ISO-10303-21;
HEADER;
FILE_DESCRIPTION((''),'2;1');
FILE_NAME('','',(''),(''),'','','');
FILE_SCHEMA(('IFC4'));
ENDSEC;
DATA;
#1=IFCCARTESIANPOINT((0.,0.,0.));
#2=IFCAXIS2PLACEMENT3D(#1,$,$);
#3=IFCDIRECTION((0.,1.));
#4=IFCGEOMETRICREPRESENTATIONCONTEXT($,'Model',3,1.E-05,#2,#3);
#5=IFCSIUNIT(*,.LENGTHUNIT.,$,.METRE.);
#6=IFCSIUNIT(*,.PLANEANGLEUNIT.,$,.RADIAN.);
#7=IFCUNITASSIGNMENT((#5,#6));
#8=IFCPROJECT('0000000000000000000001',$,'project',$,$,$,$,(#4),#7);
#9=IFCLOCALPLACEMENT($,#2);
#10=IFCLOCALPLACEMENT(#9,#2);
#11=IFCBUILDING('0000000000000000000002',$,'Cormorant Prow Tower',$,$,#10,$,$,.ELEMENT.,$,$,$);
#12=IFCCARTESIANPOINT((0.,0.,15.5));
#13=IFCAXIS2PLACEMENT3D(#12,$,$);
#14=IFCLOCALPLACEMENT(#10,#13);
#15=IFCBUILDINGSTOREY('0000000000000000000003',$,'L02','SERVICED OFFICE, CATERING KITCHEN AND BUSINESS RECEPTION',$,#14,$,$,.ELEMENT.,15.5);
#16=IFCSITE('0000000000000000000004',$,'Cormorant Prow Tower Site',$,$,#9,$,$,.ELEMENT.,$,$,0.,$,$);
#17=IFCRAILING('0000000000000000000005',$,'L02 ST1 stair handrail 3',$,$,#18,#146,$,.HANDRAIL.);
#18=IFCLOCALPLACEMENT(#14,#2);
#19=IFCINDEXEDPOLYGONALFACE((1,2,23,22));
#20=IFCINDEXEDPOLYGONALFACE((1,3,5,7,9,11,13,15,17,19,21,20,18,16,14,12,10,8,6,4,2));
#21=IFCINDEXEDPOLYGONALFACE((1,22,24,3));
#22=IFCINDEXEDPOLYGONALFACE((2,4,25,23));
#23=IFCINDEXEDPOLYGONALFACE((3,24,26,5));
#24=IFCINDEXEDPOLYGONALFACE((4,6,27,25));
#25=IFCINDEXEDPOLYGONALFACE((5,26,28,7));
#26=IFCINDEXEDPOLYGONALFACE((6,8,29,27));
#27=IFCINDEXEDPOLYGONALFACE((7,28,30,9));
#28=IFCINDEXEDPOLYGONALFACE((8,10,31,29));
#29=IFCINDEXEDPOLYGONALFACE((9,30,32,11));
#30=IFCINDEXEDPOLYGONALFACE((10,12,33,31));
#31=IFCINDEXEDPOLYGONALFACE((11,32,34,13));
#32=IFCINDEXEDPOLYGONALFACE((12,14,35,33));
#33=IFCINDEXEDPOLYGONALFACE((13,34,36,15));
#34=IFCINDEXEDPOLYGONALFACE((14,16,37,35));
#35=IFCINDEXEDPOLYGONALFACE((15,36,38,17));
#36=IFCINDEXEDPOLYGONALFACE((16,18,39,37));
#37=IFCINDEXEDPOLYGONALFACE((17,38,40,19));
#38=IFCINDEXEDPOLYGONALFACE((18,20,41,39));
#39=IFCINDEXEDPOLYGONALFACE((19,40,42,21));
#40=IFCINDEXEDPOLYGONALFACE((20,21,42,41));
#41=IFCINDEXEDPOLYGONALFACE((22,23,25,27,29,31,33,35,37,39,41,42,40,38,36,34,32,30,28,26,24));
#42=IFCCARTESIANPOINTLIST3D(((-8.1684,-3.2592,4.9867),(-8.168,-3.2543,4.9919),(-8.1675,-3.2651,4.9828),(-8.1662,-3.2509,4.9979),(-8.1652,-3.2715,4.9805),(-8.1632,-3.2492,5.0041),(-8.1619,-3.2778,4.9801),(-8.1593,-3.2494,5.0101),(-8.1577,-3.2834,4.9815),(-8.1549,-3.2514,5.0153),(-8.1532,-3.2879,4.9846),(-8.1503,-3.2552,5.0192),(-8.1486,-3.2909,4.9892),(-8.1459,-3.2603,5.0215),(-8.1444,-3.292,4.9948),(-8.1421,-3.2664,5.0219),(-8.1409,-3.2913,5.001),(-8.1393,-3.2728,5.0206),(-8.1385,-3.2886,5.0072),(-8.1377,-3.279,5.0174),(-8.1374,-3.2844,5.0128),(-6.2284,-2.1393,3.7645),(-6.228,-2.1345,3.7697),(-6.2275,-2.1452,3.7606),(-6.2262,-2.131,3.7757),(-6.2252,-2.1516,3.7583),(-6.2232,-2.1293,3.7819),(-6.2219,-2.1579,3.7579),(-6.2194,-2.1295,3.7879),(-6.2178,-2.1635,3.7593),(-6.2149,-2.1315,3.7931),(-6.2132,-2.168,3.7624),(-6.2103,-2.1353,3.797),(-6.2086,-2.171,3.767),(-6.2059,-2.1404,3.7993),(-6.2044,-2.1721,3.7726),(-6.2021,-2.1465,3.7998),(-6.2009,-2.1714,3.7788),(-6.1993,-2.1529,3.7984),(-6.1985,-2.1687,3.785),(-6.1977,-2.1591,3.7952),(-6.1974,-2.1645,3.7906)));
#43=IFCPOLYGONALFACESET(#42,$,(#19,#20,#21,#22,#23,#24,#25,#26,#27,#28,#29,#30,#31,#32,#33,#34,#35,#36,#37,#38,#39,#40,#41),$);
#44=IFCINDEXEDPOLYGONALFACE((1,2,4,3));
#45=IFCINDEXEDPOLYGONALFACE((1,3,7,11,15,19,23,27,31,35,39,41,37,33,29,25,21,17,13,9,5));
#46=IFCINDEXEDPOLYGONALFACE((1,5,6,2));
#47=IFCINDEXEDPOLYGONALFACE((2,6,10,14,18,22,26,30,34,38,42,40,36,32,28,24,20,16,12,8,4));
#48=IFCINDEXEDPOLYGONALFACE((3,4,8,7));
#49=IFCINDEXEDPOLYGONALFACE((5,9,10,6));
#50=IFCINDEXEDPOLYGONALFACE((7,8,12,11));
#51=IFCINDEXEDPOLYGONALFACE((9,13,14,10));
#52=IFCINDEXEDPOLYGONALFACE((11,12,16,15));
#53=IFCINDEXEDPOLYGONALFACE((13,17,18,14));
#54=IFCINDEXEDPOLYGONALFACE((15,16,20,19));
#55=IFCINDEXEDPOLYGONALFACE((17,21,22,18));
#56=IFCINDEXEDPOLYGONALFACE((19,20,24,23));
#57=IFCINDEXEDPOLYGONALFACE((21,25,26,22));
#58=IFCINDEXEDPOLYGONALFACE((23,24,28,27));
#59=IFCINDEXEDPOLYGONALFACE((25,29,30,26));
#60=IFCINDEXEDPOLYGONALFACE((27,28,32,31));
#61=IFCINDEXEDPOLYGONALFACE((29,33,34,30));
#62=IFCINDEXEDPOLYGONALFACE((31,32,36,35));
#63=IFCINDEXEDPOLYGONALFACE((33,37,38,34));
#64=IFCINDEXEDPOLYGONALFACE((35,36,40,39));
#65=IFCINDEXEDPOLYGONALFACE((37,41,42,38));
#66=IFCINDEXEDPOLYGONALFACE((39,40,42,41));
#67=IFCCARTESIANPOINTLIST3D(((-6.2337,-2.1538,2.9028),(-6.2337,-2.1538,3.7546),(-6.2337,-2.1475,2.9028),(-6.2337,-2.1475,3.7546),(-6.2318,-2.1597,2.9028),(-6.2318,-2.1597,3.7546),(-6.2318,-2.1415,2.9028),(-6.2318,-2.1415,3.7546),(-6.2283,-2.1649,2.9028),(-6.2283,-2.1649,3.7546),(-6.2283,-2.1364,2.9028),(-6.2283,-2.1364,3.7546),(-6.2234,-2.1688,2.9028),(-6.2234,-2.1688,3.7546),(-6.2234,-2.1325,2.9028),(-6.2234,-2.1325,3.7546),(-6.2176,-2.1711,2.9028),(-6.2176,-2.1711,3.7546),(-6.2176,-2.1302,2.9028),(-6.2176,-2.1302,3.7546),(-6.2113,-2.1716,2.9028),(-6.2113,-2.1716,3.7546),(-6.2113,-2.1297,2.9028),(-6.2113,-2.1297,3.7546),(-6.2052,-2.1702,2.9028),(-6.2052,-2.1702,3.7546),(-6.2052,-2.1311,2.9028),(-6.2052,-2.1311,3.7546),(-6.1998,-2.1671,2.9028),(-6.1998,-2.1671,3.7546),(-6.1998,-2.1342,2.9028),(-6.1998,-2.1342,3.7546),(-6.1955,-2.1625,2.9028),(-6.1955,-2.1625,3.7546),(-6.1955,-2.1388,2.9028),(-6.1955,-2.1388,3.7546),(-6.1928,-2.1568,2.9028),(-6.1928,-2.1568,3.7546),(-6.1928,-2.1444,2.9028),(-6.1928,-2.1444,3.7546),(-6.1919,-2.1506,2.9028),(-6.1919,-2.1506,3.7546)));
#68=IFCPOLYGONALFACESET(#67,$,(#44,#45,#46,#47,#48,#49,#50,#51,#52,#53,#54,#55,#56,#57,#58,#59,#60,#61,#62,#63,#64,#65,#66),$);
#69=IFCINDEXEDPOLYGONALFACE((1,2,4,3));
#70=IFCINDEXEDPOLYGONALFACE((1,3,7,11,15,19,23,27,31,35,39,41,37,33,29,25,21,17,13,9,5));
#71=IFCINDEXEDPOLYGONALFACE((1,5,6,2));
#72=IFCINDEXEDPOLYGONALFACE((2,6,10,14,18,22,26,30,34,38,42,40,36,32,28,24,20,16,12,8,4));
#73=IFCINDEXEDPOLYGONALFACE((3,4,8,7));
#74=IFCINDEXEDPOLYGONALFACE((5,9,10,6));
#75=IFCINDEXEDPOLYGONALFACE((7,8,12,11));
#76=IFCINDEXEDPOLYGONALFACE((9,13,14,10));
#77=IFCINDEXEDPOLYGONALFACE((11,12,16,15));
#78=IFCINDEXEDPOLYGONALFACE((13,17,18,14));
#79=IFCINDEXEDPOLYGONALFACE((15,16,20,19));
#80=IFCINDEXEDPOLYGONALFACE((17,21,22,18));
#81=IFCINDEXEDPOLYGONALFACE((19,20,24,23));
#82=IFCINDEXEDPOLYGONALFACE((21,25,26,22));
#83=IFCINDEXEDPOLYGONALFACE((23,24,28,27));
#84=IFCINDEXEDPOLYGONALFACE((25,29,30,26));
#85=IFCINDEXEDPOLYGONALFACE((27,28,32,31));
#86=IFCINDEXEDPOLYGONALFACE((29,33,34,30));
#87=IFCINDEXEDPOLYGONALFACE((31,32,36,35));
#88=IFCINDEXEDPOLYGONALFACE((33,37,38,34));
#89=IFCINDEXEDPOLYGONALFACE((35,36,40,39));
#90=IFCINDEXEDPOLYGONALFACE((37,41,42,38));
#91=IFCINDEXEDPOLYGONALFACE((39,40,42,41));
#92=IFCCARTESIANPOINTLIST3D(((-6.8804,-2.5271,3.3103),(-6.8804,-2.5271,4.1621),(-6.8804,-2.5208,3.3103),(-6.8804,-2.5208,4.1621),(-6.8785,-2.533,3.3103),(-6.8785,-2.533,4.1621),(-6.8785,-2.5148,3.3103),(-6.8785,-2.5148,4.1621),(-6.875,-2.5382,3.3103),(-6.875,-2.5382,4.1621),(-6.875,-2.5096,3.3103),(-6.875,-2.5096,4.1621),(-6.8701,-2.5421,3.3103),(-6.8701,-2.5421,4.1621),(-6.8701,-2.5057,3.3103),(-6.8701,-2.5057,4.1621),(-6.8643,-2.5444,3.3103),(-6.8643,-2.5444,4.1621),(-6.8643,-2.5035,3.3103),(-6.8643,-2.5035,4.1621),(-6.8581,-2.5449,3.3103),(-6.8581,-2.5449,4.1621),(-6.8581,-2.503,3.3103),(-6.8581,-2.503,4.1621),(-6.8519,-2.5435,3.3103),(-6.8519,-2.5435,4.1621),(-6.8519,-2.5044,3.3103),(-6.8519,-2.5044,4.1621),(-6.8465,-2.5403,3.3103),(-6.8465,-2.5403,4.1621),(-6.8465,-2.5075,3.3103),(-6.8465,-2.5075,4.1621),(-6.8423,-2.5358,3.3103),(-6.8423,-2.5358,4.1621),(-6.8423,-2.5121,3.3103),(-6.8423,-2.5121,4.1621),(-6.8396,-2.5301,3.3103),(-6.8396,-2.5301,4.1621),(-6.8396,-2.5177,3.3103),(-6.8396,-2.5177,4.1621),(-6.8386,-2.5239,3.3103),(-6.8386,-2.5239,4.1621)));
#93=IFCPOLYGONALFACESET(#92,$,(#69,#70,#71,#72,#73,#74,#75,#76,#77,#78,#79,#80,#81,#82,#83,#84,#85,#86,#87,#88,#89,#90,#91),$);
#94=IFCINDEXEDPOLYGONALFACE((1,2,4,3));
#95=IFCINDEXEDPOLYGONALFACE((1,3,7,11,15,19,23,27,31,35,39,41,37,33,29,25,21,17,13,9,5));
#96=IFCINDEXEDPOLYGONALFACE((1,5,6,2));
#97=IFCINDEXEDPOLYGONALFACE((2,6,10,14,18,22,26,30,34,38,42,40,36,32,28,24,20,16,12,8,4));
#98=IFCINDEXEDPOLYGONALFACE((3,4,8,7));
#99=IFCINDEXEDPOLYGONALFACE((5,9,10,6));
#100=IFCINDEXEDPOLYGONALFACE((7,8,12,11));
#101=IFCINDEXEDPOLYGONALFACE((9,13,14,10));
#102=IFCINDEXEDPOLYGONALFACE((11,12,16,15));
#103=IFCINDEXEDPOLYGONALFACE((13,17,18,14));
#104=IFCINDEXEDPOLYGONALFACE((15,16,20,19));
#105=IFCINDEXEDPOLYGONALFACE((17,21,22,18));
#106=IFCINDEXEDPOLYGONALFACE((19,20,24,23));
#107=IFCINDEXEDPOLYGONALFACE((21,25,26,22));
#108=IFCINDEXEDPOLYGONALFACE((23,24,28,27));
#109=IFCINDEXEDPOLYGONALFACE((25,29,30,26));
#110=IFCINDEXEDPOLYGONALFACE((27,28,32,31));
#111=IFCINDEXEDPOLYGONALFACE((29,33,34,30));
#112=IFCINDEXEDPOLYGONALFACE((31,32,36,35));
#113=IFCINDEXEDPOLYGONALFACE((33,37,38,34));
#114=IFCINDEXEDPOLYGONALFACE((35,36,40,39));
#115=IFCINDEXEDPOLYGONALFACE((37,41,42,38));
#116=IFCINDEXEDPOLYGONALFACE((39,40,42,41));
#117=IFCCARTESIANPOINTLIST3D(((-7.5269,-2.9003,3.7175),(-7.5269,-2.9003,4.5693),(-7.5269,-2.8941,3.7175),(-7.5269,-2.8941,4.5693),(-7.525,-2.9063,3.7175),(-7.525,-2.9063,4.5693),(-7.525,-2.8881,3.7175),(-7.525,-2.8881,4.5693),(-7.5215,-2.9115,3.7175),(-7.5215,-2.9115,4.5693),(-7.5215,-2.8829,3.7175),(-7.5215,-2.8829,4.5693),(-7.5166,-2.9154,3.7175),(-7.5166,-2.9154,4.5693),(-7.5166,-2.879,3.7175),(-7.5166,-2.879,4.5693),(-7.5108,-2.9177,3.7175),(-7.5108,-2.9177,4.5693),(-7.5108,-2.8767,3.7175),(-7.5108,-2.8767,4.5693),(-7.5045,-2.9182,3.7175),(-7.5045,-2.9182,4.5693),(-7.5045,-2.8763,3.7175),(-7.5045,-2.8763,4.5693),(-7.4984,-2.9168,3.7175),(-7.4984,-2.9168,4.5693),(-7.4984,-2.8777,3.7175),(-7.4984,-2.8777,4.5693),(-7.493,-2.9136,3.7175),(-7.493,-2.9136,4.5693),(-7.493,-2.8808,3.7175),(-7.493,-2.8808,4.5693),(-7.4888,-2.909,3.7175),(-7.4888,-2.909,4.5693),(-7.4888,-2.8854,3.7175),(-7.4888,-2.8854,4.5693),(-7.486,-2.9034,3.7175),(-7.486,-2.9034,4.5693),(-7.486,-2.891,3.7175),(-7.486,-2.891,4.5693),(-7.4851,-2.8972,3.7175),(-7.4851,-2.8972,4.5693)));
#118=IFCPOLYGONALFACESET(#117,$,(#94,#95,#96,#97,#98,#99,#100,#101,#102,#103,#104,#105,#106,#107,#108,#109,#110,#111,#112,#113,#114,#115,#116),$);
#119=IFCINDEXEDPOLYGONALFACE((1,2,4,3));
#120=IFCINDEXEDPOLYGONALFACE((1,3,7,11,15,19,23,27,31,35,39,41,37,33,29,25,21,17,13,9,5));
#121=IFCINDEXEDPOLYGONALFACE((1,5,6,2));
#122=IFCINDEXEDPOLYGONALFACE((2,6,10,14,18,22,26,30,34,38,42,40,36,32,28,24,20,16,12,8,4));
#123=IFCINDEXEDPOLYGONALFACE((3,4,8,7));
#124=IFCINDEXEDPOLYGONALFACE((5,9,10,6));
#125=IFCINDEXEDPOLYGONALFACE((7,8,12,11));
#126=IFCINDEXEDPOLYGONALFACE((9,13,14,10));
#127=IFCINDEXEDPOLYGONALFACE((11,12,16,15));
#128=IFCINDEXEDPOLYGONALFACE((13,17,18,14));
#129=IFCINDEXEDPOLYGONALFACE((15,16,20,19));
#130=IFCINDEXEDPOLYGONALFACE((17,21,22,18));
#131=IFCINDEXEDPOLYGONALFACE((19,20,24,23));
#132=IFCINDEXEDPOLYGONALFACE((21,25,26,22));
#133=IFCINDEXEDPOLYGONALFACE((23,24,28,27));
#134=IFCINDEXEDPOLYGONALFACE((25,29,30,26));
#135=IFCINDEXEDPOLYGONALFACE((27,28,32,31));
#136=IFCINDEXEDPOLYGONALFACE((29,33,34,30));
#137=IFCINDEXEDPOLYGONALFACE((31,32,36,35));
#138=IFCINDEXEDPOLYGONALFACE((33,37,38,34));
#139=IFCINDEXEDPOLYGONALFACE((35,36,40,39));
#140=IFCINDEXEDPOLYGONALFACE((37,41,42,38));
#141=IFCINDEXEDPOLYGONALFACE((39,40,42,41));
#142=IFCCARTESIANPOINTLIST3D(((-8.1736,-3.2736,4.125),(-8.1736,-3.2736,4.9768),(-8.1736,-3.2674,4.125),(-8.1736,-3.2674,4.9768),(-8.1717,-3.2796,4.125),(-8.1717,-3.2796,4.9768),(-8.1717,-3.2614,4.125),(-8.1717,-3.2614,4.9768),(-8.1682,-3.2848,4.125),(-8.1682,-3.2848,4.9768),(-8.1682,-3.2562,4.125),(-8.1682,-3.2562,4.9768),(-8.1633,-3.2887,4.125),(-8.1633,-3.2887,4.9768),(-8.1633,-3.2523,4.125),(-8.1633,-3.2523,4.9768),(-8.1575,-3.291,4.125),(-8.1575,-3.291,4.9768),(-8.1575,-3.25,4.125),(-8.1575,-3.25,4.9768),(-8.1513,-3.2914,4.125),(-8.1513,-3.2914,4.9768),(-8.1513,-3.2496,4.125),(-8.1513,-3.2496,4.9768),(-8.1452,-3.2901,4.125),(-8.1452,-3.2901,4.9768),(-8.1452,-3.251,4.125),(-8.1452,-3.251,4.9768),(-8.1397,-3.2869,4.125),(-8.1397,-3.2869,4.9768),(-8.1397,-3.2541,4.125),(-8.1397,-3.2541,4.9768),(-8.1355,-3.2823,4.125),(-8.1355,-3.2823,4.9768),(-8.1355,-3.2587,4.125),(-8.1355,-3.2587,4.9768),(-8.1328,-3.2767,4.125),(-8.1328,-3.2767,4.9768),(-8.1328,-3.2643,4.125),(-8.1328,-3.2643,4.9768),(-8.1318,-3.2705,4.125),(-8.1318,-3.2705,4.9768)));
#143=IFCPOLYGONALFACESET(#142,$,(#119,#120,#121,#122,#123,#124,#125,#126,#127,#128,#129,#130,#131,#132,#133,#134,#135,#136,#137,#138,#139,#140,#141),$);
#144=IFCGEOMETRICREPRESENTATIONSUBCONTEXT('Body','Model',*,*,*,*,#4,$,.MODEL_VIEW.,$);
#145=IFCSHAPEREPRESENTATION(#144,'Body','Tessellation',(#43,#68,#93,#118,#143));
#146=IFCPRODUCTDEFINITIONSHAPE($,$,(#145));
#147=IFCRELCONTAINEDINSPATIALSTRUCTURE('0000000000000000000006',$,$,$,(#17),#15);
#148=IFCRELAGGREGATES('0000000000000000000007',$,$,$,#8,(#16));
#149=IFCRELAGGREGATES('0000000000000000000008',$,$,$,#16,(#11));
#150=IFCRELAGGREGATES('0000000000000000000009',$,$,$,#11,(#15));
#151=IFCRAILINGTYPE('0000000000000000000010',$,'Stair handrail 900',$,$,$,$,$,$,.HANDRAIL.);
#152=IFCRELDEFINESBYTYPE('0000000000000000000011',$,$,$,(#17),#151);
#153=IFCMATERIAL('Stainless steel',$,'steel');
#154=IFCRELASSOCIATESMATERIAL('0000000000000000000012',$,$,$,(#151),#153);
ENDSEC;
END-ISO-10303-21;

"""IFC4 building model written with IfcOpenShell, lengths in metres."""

from ifc_helpers import new_model, si_unit, direction, frame, origin, origin_2d, place, context, subcontext, project, spatial, circle, extrude, material, type_object, element, save


model = new_model("IFC4")

# Units and contexts
model_context = context("Model", 3, precision=1e-05, world=origin(), true_north=direction((0.0, 1.0)))
body_context = subcontext(model_context, "Body", "Model", "MODEL_VIEW")
ifc_project = project(units=[si_unit("LENGTHUNIT", "METRE"), si_unit("PLANEANGLEUNIT", "RADIAN")], contexts=[model_context])

# Site, building, storey
site_placement = place(None, origin())
site = spatial("IfcSite", under=ifc_project, at=site_placement, Name="Cormorant Prow Tower Site", CompositionType="ELEMENT", RefElevation=0.0)
building_placement = place(site_placement, origin())
building = spatial("IfcBuilding", under=site, at=building_placement, Name="Cormorant Prow Tower", CompositionType="ELEMENT")
storey_placement = place(building_placement, frame((0.0, 0.0, 15.5)))
storey = spatial("IfcBuildingStorey", under=building, at=storey_placement, Name="L02", Description="SERVICED OFFICE, CATERING KITCHEN AND BUSINESS RECEPTION", CompositionType="ELEMENT", Elevation=15.5)

# Railing
ifc_material_1 = material(Name="Stainless steel", Category="steel")
railing_type_1 = type_object("IfcRailingType", Name="Stair handrail 900", PredefinedType="HANDRAIL", material=ifc_material_1)
for number, where, name in (
    (1, (-6.2129, -2.1506, 2.9028), "L02 ST1 stair handrail 3"),
):
    element("IfcRailing", number, at=place(storey_placement, frame(where)), inside=storey, type_object=railing_type_1, Name=name, PredefinedType="HANDRAIL", context=body_context, shape_type="SweptSolid", body=[
        extrude(circle(Radius=0.0239, at=origin_2d()), frame((0.0, 0.0, 0.876), z_axis=(-0.760254, -0.438873, 0.478962), x_axis=(0.499949, -0.866055, 0.0)), (0.0, 0.0, 1.0), 2.5518),
        extrude(circle(Radius=0.021, at=origin_2d()), origin(), (0.0, 0.0, 1.0), 0.8518),
        extrude(circle(Radius=0.021, at=origin_2d()), frame((-0.6467, -0.3733, 0.4075)), (0.0, 0.0, 1.0), 0.8518),
        extrude(circle(Radius=0.021, at=origin_2d()), frame((-1.2932, -0.7466, 0.8147)), (0.0, 0.0, 1.0), 0.8518),
        extrude(circle(Radius=0.021, at=origin_2d()), frame((-1.9399, -1.1199, 1.2222)), (0.0, 0.0, 1.0), 0.8518),
    ])

save(model, "model.ifc")
